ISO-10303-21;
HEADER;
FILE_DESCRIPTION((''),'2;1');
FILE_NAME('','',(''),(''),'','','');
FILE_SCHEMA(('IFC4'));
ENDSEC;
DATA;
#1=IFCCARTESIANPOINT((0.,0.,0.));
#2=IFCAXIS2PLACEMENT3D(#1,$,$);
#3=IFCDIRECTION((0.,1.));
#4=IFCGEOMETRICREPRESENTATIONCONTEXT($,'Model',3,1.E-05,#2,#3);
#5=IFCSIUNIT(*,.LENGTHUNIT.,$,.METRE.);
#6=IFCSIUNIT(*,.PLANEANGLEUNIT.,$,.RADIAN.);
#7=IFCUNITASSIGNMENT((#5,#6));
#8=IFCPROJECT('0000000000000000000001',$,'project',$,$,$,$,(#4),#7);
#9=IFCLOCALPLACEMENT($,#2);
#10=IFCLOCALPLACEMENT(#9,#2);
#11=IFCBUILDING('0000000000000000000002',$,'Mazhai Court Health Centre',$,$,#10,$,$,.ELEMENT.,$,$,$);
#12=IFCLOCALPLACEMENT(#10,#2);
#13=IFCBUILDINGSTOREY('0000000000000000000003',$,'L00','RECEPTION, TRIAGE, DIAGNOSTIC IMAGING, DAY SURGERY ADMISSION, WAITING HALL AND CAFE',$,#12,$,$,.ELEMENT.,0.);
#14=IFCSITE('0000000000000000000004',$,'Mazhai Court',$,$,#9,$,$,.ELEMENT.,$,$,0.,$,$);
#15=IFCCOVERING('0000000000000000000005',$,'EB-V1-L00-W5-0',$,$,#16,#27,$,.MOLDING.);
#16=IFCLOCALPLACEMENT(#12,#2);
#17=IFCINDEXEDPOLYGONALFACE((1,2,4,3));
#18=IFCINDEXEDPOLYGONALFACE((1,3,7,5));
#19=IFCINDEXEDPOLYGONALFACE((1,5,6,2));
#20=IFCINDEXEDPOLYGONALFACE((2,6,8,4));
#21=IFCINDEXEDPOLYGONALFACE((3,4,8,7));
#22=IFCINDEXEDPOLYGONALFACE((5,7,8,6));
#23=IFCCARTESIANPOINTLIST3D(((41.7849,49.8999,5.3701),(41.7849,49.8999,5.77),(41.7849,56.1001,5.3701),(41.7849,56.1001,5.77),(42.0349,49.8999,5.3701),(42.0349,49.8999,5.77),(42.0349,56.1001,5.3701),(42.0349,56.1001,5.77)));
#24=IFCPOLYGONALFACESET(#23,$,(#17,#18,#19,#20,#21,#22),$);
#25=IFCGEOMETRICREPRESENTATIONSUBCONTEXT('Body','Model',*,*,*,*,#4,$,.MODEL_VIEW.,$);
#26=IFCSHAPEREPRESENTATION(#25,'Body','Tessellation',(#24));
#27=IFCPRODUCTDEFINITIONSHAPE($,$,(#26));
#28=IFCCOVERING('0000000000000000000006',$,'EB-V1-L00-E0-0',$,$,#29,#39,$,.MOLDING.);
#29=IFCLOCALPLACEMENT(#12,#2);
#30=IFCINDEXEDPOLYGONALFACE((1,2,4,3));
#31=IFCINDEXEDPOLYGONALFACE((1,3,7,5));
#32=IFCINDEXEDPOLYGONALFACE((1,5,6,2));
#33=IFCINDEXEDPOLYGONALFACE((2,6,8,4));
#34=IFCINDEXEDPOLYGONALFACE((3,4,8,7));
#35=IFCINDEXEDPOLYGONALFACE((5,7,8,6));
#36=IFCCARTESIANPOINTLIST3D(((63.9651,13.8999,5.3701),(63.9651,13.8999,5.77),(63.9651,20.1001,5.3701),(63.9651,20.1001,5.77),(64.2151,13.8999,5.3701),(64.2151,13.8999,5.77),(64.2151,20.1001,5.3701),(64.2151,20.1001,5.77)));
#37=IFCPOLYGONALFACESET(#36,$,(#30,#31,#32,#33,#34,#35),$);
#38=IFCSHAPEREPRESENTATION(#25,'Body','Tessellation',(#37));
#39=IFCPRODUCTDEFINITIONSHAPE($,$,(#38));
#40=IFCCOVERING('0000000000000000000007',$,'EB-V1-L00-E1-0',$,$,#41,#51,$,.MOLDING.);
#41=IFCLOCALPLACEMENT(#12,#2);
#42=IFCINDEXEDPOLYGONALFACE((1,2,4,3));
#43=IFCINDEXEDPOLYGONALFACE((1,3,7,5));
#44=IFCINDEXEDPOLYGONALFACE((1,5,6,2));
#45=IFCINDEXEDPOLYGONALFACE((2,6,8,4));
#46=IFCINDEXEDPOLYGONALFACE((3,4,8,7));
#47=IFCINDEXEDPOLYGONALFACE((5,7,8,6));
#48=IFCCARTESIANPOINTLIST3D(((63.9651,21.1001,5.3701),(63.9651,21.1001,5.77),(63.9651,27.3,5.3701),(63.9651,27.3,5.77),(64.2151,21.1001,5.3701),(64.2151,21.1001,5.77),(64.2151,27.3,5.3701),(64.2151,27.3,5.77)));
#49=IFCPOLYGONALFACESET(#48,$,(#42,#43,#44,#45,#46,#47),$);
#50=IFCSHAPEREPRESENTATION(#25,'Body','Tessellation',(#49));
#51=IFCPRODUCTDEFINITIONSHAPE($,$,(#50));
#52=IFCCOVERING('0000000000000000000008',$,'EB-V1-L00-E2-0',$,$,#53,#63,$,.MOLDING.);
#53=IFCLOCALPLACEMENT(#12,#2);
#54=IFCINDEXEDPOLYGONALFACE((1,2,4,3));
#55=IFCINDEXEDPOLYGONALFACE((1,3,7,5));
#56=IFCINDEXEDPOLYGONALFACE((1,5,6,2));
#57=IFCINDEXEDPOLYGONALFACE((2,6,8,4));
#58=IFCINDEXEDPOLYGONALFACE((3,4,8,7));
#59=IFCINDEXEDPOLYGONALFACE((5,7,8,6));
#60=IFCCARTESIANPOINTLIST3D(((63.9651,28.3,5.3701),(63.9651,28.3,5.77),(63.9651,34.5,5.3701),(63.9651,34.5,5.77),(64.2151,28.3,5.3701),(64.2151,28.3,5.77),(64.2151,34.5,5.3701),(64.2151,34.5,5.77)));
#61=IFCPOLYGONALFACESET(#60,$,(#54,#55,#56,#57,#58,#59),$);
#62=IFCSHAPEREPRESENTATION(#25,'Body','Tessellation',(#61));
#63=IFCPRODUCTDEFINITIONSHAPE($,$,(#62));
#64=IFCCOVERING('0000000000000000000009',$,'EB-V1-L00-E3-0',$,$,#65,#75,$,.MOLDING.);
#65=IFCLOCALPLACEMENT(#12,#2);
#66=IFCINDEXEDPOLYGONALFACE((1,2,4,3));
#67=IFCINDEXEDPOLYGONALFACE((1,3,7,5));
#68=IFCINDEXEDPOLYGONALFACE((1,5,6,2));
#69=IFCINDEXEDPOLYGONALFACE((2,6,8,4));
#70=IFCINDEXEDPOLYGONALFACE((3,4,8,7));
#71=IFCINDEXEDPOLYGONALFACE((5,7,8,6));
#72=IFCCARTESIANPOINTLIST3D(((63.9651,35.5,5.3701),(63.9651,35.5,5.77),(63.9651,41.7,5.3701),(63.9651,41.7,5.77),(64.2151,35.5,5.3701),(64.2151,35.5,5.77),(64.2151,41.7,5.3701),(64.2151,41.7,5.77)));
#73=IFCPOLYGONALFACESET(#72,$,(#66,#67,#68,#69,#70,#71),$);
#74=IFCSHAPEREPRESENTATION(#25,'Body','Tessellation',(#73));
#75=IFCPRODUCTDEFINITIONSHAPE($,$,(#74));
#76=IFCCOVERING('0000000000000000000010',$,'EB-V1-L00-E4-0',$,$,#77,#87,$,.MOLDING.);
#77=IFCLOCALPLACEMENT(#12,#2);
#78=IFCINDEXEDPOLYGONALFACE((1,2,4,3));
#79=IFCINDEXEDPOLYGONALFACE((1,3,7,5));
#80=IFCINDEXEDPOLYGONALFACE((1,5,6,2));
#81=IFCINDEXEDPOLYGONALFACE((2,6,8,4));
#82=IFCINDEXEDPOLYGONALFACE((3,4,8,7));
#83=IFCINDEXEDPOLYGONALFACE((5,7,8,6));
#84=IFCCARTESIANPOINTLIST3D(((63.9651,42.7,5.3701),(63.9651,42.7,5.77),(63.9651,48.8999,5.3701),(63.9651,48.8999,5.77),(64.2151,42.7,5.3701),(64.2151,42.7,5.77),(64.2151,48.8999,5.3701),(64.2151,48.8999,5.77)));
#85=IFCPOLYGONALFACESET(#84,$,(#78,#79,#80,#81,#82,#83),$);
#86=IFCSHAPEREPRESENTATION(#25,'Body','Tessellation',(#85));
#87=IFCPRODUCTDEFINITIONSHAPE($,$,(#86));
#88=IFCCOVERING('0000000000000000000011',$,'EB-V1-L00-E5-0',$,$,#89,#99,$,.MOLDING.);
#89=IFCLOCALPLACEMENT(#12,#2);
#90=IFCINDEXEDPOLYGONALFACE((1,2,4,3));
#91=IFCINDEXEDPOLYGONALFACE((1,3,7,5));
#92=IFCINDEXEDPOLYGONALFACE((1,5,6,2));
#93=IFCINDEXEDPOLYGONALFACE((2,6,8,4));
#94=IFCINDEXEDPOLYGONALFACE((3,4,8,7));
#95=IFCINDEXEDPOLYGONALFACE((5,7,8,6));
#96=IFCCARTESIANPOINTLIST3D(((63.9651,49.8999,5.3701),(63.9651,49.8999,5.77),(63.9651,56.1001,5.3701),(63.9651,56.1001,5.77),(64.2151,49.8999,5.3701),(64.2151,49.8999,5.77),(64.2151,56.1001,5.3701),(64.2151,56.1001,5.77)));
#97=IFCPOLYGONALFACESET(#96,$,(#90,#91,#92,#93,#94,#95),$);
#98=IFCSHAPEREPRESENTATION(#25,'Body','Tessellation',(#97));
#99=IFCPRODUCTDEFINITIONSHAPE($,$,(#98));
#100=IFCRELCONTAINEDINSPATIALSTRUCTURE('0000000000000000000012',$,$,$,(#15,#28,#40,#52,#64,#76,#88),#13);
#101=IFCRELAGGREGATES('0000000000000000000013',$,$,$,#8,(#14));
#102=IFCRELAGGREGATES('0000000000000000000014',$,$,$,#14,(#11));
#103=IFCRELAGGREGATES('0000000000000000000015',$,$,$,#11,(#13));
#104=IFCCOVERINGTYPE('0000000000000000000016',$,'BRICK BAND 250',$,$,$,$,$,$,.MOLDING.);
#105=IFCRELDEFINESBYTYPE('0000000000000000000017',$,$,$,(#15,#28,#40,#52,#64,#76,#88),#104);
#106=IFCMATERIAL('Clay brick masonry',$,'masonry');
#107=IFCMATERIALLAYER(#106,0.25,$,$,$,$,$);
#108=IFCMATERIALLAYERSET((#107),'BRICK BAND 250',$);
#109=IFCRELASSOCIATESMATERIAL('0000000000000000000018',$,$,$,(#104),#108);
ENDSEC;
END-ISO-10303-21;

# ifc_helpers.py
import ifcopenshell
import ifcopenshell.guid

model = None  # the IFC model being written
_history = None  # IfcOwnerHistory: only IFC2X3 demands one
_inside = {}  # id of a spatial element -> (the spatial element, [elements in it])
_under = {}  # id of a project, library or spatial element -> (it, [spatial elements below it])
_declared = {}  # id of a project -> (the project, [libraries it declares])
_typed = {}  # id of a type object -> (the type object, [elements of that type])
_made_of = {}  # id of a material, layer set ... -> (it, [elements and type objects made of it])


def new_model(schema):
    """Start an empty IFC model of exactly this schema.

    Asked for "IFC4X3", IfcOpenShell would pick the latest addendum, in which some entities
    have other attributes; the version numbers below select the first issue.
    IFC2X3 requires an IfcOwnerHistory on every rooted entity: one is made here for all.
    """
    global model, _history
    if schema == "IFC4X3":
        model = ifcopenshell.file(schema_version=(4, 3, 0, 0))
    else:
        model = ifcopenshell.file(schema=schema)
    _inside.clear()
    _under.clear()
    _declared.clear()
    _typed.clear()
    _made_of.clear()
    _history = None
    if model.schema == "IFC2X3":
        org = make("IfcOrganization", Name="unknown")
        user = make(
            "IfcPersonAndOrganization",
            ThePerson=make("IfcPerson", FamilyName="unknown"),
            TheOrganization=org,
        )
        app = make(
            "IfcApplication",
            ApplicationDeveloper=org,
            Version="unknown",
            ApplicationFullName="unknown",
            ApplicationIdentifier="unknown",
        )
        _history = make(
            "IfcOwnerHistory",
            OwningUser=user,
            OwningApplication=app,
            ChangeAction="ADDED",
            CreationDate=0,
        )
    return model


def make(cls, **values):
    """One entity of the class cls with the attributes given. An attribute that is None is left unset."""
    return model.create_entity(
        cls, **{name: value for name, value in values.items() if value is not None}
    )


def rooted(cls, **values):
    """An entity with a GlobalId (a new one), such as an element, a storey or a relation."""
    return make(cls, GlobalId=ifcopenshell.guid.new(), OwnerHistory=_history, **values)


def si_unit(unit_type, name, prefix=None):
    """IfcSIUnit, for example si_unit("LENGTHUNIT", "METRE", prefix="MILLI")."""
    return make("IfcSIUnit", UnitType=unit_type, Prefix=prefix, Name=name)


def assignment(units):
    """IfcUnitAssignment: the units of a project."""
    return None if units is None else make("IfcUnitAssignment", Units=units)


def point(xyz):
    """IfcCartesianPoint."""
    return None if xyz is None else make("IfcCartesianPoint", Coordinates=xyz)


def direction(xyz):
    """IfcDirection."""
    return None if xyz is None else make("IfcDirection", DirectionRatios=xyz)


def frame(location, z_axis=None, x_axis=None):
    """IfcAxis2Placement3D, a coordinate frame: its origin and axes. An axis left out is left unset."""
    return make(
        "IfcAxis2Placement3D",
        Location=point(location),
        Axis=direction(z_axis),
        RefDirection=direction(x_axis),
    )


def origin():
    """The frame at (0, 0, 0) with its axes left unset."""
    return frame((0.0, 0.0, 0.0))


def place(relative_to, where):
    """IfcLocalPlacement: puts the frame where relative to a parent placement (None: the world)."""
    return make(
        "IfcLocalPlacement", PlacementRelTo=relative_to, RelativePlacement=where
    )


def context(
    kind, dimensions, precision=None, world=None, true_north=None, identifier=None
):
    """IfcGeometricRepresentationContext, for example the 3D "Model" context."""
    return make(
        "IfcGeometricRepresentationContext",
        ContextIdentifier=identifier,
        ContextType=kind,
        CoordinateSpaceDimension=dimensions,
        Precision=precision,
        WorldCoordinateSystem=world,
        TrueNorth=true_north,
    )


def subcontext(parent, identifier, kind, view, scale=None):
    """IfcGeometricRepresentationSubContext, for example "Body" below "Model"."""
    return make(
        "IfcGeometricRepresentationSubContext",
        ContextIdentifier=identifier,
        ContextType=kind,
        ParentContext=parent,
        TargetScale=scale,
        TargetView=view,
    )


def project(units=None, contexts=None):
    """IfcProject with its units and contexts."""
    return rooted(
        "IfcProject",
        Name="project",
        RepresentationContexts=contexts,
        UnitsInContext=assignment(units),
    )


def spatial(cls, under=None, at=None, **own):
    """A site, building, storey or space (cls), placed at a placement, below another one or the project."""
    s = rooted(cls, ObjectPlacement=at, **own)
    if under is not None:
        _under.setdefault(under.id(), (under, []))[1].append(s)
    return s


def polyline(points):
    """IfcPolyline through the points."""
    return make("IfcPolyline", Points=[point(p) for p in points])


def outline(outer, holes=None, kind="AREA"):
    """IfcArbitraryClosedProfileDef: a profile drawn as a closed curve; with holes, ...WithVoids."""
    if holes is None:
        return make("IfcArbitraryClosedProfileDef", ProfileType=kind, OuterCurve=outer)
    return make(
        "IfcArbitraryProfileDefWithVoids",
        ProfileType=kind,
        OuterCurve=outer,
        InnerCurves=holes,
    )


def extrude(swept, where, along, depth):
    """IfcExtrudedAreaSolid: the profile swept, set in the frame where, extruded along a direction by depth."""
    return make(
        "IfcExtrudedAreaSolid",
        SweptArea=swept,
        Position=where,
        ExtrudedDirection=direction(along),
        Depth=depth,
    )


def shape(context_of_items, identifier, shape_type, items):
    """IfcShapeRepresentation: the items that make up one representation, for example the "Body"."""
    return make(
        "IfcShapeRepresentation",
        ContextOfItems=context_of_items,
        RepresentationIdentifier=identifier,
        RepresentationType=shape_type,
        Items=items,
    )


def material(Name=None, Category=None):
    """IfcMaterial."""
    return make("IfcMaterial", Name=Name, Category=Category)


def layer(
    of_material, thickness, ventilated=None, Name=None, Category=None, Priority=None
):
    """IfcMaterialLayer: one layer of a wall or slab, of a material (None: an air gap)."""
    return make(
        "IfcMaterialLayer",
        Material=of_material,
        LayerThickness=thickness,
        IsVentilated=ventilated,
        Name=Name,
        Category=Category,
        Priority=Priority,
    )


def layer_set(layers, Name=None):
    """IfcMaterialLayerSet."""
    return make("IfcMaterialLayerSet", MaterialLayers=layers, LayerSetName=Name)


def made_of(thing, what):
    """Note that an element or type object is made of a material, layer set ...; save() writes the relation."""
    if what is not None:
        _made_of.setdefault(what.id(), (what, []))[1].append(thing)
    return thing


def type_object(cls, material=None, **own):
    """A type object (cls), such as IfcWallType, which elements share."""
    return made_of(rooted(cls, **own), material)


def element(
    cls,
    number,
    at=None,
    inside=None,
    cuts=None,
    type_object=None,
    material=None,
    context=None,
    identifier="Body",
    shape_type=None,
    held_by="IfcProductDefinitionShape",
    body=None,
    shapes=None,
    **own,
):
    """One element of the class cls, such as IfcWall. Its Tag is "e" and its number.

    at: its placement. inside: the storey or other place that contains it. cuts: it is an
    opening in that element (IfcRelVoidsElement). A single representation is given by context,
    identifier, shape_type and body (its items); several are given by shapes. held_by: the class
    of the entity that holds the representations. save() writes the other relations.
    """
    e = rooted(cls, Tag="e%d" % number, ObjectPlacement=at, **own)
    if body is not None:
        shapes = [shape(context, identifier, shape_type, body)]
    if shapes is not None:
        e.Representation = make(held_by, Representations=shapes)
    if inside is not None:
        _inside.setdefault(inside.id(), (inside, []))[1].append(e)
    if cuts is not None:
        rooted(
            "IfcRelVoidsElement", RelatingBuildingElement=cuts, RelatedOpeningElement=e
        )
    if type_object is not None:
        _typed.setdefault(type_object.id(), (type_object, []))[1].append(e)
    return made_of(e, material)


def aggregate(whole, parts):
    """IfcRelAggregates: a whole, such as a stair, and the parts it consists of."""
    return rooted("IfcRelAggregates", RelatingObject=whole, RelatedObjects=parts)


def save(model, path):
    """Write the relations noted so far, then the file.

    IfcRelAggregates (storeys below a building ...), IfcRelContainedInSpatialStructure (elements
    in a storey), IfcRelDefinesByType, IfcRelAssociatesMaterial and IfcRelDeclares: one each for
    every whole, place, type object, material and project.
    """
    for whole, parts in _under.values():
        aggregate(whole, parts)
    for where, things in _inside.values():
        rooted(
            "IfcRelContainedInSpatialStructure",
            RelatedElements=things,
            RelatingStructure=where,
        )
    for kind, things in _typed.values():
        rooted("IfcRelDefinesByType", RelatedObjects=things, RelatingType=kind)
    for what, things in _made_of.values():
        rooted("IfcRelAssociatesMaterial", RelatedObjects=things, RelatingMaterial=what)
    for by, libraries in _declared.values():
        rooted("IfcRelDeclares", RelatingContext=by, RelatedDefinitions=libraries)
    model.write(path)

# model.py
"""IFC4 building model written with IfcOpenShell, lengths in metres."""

from ifc_helpers import new_model, si_unit, direction, frame, origin, place, context, subcontext, project, spatial, polyline, outline, extrude, material, layer, layer_set, type_object, element, save


model = new_model("IFC4")

# Units and contexts
model_context = context("Model", 3, precision=1e-05, world=origin(), true_north=direction((0.0, 1.0)))
body_context = subcontext(model_context, "Body", "Model", "MODEL_VIEW")
ifc_project = project(units=[si_unit("LENGTHUNIT", "METRE"), si_unit("PLANEANGLEUNIT", "RADIAN")], contexts=[model_context])

# Site, building, storey
site_placement = place(None, origin())
site = spatial("IfcSite", under=ifc_project, at=site_placement, Name="Mazhai Court", CompositionType="ELEMENT", RefElevation=0.0)
building_placement = place(site_placement, origin())
building = spatial("IfcBuilding", under=site, at=building_placement, Name="Mazhai Court Health Centre", CompositionType="ELEMENT")
storey_placement = place(building_placement, origin())
storey = spatial("IfcBuildingStorey", under=building, at=storey_placement, Name="L00", Description="RECEPTION, TRIAGE, DIAGNOSTIC IMAGING, DAY SURGERY ADMISSION, WAITING HALL AND CAFE", CompositionType="ELEMENT", Elevation=0.0)

# Coverings
ifc_material = material(Name="Clay brick masonry", Category="masonry")
ifc_layer = layer(ifc_material, 0.25)
ifc_layer_set = layer_set([ifc_layer], Name="BRICK BAND 250")
covering_type = type_object("IfcCoveringType", Name="BRICK BAND 250", PredefinedType="MOLDING", material=ifc_layer_set)
covering_1_placement = place(storey_placement, frame((0.0, 0.0, 5.3701)))
element("IfcCovering", 1, at=covering_1_placement, inside=storey, type_object=covering_type, Name="EB-V1-L00-W5-0", PredefinedType="MOLDING", context=body_context, shape_type="SweptSolid", body=[
    extrude(outline(polyline([(42.0349, 49.8999), (42.0349, 56.1001), (41.7849, 56.1001), (41.7849, 49.8999), (42.0349, 49.8999)])), origin(), (0.0, 0.0, 1.0), 0.3999),
])
covering_2_placement = place(storey_placement, frame((0.0, 0.0, 5.3701)))
element("IfcCovering", 2, at=covering_2_placement, inside=storey, type_object=covering_type, Name="EB-V1-L00-E0-0", PredefinedType="MOLDING", context=body_context, shape_type="SweptSolid", body=[
    extrude(outline(polyline([(63.9651, 20.1001), (63.9651, 13.8999), (64.2151, 13.8999), (64.2151, 20.1001), (63.9651, 20.1001)])), origin(), (0.0, 0.0, 1.0), 0.3999),
])
covering_3_placement = place(storey_placement, frame((0.0, 0.0, 5.3701)))
element("IfcCovering", 3, at=covering_3_placement, inside=storey, type_object=covering_type, Name="EB-V1-L00-E1-0", PredefinedType="MOLDING", context=body_context, shape_type="SweptSolid", body=[
    extrude(outline(polyline([(63.9651, 27.3), (63.9651, 21.1001), (64.2151, 21.1001), (64.2151, 27.3), (63.9651, 27.3)])), origin(), (0.0, 0.0, 1.0), 0.3999),
])
covering_4_placement = place(storey_placement, frame((0.0, 0.0, 5.3701)))
element("IfcCovering", 4, at=covering_4_placement, inside=storey, type_object=covering_type, Name="EB-V1-L00-E2-0", PredefinedType="MOLDING", context=body_context, shape_type="SweptSolid", body=[
    extrude(outline(polyline([(63.9651, 34.5), (63.9651, 28.3), (64.2151, 28.3), (64.2151, 34.5), (63.9651, 34.5)])), origin(), (0.0, 0.0, 1.0), 0.3999),
])
covering_5_placement = place(storey_placement, frame((0.0, 0.0, 5.3701)))
element("IfcCovering", 5, at=covering_5_placement, inside=storey, type_object=covering_type, Name="EB-V1-L00-E3-0", PredefinedType="MOLDING", context=body_context, shape_type="SweptSolid", body=[
    extrude(outline(polyline([(63.9651, 41.7), (63.9651, 35.5), (64.2151, 35.5), (64.2151, 41.7), (63.9651, 41.7)])), origin(), (0.0, 0.0, 1.0), 0.3999),
])
covering_6_placement = place(storey_placement, frame((0.0, 0.0, 5.3701)))
element("IfcCovering", 6, at=covering_6_placement, inside=storey, type_object=covering_type, Name="EB-V1-L00-E4-0", PredefinedType="MOLDING", context=body_context, shape_type="SweptSolid", body=[
    extrude(outline(polyline([(63.9651, 48.8999), (63.9651, 42.7), (64.2151, 42.7), (64.2151, 48.8999), (63.9651, 48.8999)])), origin(), (0.0, 0.0, 1.0), 0.3999),
])
covering_7_placement = place(storey_placement, frame((0.0, 0.0, 5.3701)))
element("IfcCovering", 7, at=covering_7_placement, inside=storey, type_object=covering_type, Name="EB-V1-L00-E5-0", PredefinedType="MOLDING", context=body_context, shape_type="SweptSolid", body=[
    extrude(outline(polyline([(63.9651, 56.1001), (63.9651, 49.8999), (64.2151, 49.8999), (64.2151, 56.1001), (63.9651, 56.1001)])), origin(), (0.0, 0.0, 1.0), 0.3999),
])

save(model, "model.ifc")
